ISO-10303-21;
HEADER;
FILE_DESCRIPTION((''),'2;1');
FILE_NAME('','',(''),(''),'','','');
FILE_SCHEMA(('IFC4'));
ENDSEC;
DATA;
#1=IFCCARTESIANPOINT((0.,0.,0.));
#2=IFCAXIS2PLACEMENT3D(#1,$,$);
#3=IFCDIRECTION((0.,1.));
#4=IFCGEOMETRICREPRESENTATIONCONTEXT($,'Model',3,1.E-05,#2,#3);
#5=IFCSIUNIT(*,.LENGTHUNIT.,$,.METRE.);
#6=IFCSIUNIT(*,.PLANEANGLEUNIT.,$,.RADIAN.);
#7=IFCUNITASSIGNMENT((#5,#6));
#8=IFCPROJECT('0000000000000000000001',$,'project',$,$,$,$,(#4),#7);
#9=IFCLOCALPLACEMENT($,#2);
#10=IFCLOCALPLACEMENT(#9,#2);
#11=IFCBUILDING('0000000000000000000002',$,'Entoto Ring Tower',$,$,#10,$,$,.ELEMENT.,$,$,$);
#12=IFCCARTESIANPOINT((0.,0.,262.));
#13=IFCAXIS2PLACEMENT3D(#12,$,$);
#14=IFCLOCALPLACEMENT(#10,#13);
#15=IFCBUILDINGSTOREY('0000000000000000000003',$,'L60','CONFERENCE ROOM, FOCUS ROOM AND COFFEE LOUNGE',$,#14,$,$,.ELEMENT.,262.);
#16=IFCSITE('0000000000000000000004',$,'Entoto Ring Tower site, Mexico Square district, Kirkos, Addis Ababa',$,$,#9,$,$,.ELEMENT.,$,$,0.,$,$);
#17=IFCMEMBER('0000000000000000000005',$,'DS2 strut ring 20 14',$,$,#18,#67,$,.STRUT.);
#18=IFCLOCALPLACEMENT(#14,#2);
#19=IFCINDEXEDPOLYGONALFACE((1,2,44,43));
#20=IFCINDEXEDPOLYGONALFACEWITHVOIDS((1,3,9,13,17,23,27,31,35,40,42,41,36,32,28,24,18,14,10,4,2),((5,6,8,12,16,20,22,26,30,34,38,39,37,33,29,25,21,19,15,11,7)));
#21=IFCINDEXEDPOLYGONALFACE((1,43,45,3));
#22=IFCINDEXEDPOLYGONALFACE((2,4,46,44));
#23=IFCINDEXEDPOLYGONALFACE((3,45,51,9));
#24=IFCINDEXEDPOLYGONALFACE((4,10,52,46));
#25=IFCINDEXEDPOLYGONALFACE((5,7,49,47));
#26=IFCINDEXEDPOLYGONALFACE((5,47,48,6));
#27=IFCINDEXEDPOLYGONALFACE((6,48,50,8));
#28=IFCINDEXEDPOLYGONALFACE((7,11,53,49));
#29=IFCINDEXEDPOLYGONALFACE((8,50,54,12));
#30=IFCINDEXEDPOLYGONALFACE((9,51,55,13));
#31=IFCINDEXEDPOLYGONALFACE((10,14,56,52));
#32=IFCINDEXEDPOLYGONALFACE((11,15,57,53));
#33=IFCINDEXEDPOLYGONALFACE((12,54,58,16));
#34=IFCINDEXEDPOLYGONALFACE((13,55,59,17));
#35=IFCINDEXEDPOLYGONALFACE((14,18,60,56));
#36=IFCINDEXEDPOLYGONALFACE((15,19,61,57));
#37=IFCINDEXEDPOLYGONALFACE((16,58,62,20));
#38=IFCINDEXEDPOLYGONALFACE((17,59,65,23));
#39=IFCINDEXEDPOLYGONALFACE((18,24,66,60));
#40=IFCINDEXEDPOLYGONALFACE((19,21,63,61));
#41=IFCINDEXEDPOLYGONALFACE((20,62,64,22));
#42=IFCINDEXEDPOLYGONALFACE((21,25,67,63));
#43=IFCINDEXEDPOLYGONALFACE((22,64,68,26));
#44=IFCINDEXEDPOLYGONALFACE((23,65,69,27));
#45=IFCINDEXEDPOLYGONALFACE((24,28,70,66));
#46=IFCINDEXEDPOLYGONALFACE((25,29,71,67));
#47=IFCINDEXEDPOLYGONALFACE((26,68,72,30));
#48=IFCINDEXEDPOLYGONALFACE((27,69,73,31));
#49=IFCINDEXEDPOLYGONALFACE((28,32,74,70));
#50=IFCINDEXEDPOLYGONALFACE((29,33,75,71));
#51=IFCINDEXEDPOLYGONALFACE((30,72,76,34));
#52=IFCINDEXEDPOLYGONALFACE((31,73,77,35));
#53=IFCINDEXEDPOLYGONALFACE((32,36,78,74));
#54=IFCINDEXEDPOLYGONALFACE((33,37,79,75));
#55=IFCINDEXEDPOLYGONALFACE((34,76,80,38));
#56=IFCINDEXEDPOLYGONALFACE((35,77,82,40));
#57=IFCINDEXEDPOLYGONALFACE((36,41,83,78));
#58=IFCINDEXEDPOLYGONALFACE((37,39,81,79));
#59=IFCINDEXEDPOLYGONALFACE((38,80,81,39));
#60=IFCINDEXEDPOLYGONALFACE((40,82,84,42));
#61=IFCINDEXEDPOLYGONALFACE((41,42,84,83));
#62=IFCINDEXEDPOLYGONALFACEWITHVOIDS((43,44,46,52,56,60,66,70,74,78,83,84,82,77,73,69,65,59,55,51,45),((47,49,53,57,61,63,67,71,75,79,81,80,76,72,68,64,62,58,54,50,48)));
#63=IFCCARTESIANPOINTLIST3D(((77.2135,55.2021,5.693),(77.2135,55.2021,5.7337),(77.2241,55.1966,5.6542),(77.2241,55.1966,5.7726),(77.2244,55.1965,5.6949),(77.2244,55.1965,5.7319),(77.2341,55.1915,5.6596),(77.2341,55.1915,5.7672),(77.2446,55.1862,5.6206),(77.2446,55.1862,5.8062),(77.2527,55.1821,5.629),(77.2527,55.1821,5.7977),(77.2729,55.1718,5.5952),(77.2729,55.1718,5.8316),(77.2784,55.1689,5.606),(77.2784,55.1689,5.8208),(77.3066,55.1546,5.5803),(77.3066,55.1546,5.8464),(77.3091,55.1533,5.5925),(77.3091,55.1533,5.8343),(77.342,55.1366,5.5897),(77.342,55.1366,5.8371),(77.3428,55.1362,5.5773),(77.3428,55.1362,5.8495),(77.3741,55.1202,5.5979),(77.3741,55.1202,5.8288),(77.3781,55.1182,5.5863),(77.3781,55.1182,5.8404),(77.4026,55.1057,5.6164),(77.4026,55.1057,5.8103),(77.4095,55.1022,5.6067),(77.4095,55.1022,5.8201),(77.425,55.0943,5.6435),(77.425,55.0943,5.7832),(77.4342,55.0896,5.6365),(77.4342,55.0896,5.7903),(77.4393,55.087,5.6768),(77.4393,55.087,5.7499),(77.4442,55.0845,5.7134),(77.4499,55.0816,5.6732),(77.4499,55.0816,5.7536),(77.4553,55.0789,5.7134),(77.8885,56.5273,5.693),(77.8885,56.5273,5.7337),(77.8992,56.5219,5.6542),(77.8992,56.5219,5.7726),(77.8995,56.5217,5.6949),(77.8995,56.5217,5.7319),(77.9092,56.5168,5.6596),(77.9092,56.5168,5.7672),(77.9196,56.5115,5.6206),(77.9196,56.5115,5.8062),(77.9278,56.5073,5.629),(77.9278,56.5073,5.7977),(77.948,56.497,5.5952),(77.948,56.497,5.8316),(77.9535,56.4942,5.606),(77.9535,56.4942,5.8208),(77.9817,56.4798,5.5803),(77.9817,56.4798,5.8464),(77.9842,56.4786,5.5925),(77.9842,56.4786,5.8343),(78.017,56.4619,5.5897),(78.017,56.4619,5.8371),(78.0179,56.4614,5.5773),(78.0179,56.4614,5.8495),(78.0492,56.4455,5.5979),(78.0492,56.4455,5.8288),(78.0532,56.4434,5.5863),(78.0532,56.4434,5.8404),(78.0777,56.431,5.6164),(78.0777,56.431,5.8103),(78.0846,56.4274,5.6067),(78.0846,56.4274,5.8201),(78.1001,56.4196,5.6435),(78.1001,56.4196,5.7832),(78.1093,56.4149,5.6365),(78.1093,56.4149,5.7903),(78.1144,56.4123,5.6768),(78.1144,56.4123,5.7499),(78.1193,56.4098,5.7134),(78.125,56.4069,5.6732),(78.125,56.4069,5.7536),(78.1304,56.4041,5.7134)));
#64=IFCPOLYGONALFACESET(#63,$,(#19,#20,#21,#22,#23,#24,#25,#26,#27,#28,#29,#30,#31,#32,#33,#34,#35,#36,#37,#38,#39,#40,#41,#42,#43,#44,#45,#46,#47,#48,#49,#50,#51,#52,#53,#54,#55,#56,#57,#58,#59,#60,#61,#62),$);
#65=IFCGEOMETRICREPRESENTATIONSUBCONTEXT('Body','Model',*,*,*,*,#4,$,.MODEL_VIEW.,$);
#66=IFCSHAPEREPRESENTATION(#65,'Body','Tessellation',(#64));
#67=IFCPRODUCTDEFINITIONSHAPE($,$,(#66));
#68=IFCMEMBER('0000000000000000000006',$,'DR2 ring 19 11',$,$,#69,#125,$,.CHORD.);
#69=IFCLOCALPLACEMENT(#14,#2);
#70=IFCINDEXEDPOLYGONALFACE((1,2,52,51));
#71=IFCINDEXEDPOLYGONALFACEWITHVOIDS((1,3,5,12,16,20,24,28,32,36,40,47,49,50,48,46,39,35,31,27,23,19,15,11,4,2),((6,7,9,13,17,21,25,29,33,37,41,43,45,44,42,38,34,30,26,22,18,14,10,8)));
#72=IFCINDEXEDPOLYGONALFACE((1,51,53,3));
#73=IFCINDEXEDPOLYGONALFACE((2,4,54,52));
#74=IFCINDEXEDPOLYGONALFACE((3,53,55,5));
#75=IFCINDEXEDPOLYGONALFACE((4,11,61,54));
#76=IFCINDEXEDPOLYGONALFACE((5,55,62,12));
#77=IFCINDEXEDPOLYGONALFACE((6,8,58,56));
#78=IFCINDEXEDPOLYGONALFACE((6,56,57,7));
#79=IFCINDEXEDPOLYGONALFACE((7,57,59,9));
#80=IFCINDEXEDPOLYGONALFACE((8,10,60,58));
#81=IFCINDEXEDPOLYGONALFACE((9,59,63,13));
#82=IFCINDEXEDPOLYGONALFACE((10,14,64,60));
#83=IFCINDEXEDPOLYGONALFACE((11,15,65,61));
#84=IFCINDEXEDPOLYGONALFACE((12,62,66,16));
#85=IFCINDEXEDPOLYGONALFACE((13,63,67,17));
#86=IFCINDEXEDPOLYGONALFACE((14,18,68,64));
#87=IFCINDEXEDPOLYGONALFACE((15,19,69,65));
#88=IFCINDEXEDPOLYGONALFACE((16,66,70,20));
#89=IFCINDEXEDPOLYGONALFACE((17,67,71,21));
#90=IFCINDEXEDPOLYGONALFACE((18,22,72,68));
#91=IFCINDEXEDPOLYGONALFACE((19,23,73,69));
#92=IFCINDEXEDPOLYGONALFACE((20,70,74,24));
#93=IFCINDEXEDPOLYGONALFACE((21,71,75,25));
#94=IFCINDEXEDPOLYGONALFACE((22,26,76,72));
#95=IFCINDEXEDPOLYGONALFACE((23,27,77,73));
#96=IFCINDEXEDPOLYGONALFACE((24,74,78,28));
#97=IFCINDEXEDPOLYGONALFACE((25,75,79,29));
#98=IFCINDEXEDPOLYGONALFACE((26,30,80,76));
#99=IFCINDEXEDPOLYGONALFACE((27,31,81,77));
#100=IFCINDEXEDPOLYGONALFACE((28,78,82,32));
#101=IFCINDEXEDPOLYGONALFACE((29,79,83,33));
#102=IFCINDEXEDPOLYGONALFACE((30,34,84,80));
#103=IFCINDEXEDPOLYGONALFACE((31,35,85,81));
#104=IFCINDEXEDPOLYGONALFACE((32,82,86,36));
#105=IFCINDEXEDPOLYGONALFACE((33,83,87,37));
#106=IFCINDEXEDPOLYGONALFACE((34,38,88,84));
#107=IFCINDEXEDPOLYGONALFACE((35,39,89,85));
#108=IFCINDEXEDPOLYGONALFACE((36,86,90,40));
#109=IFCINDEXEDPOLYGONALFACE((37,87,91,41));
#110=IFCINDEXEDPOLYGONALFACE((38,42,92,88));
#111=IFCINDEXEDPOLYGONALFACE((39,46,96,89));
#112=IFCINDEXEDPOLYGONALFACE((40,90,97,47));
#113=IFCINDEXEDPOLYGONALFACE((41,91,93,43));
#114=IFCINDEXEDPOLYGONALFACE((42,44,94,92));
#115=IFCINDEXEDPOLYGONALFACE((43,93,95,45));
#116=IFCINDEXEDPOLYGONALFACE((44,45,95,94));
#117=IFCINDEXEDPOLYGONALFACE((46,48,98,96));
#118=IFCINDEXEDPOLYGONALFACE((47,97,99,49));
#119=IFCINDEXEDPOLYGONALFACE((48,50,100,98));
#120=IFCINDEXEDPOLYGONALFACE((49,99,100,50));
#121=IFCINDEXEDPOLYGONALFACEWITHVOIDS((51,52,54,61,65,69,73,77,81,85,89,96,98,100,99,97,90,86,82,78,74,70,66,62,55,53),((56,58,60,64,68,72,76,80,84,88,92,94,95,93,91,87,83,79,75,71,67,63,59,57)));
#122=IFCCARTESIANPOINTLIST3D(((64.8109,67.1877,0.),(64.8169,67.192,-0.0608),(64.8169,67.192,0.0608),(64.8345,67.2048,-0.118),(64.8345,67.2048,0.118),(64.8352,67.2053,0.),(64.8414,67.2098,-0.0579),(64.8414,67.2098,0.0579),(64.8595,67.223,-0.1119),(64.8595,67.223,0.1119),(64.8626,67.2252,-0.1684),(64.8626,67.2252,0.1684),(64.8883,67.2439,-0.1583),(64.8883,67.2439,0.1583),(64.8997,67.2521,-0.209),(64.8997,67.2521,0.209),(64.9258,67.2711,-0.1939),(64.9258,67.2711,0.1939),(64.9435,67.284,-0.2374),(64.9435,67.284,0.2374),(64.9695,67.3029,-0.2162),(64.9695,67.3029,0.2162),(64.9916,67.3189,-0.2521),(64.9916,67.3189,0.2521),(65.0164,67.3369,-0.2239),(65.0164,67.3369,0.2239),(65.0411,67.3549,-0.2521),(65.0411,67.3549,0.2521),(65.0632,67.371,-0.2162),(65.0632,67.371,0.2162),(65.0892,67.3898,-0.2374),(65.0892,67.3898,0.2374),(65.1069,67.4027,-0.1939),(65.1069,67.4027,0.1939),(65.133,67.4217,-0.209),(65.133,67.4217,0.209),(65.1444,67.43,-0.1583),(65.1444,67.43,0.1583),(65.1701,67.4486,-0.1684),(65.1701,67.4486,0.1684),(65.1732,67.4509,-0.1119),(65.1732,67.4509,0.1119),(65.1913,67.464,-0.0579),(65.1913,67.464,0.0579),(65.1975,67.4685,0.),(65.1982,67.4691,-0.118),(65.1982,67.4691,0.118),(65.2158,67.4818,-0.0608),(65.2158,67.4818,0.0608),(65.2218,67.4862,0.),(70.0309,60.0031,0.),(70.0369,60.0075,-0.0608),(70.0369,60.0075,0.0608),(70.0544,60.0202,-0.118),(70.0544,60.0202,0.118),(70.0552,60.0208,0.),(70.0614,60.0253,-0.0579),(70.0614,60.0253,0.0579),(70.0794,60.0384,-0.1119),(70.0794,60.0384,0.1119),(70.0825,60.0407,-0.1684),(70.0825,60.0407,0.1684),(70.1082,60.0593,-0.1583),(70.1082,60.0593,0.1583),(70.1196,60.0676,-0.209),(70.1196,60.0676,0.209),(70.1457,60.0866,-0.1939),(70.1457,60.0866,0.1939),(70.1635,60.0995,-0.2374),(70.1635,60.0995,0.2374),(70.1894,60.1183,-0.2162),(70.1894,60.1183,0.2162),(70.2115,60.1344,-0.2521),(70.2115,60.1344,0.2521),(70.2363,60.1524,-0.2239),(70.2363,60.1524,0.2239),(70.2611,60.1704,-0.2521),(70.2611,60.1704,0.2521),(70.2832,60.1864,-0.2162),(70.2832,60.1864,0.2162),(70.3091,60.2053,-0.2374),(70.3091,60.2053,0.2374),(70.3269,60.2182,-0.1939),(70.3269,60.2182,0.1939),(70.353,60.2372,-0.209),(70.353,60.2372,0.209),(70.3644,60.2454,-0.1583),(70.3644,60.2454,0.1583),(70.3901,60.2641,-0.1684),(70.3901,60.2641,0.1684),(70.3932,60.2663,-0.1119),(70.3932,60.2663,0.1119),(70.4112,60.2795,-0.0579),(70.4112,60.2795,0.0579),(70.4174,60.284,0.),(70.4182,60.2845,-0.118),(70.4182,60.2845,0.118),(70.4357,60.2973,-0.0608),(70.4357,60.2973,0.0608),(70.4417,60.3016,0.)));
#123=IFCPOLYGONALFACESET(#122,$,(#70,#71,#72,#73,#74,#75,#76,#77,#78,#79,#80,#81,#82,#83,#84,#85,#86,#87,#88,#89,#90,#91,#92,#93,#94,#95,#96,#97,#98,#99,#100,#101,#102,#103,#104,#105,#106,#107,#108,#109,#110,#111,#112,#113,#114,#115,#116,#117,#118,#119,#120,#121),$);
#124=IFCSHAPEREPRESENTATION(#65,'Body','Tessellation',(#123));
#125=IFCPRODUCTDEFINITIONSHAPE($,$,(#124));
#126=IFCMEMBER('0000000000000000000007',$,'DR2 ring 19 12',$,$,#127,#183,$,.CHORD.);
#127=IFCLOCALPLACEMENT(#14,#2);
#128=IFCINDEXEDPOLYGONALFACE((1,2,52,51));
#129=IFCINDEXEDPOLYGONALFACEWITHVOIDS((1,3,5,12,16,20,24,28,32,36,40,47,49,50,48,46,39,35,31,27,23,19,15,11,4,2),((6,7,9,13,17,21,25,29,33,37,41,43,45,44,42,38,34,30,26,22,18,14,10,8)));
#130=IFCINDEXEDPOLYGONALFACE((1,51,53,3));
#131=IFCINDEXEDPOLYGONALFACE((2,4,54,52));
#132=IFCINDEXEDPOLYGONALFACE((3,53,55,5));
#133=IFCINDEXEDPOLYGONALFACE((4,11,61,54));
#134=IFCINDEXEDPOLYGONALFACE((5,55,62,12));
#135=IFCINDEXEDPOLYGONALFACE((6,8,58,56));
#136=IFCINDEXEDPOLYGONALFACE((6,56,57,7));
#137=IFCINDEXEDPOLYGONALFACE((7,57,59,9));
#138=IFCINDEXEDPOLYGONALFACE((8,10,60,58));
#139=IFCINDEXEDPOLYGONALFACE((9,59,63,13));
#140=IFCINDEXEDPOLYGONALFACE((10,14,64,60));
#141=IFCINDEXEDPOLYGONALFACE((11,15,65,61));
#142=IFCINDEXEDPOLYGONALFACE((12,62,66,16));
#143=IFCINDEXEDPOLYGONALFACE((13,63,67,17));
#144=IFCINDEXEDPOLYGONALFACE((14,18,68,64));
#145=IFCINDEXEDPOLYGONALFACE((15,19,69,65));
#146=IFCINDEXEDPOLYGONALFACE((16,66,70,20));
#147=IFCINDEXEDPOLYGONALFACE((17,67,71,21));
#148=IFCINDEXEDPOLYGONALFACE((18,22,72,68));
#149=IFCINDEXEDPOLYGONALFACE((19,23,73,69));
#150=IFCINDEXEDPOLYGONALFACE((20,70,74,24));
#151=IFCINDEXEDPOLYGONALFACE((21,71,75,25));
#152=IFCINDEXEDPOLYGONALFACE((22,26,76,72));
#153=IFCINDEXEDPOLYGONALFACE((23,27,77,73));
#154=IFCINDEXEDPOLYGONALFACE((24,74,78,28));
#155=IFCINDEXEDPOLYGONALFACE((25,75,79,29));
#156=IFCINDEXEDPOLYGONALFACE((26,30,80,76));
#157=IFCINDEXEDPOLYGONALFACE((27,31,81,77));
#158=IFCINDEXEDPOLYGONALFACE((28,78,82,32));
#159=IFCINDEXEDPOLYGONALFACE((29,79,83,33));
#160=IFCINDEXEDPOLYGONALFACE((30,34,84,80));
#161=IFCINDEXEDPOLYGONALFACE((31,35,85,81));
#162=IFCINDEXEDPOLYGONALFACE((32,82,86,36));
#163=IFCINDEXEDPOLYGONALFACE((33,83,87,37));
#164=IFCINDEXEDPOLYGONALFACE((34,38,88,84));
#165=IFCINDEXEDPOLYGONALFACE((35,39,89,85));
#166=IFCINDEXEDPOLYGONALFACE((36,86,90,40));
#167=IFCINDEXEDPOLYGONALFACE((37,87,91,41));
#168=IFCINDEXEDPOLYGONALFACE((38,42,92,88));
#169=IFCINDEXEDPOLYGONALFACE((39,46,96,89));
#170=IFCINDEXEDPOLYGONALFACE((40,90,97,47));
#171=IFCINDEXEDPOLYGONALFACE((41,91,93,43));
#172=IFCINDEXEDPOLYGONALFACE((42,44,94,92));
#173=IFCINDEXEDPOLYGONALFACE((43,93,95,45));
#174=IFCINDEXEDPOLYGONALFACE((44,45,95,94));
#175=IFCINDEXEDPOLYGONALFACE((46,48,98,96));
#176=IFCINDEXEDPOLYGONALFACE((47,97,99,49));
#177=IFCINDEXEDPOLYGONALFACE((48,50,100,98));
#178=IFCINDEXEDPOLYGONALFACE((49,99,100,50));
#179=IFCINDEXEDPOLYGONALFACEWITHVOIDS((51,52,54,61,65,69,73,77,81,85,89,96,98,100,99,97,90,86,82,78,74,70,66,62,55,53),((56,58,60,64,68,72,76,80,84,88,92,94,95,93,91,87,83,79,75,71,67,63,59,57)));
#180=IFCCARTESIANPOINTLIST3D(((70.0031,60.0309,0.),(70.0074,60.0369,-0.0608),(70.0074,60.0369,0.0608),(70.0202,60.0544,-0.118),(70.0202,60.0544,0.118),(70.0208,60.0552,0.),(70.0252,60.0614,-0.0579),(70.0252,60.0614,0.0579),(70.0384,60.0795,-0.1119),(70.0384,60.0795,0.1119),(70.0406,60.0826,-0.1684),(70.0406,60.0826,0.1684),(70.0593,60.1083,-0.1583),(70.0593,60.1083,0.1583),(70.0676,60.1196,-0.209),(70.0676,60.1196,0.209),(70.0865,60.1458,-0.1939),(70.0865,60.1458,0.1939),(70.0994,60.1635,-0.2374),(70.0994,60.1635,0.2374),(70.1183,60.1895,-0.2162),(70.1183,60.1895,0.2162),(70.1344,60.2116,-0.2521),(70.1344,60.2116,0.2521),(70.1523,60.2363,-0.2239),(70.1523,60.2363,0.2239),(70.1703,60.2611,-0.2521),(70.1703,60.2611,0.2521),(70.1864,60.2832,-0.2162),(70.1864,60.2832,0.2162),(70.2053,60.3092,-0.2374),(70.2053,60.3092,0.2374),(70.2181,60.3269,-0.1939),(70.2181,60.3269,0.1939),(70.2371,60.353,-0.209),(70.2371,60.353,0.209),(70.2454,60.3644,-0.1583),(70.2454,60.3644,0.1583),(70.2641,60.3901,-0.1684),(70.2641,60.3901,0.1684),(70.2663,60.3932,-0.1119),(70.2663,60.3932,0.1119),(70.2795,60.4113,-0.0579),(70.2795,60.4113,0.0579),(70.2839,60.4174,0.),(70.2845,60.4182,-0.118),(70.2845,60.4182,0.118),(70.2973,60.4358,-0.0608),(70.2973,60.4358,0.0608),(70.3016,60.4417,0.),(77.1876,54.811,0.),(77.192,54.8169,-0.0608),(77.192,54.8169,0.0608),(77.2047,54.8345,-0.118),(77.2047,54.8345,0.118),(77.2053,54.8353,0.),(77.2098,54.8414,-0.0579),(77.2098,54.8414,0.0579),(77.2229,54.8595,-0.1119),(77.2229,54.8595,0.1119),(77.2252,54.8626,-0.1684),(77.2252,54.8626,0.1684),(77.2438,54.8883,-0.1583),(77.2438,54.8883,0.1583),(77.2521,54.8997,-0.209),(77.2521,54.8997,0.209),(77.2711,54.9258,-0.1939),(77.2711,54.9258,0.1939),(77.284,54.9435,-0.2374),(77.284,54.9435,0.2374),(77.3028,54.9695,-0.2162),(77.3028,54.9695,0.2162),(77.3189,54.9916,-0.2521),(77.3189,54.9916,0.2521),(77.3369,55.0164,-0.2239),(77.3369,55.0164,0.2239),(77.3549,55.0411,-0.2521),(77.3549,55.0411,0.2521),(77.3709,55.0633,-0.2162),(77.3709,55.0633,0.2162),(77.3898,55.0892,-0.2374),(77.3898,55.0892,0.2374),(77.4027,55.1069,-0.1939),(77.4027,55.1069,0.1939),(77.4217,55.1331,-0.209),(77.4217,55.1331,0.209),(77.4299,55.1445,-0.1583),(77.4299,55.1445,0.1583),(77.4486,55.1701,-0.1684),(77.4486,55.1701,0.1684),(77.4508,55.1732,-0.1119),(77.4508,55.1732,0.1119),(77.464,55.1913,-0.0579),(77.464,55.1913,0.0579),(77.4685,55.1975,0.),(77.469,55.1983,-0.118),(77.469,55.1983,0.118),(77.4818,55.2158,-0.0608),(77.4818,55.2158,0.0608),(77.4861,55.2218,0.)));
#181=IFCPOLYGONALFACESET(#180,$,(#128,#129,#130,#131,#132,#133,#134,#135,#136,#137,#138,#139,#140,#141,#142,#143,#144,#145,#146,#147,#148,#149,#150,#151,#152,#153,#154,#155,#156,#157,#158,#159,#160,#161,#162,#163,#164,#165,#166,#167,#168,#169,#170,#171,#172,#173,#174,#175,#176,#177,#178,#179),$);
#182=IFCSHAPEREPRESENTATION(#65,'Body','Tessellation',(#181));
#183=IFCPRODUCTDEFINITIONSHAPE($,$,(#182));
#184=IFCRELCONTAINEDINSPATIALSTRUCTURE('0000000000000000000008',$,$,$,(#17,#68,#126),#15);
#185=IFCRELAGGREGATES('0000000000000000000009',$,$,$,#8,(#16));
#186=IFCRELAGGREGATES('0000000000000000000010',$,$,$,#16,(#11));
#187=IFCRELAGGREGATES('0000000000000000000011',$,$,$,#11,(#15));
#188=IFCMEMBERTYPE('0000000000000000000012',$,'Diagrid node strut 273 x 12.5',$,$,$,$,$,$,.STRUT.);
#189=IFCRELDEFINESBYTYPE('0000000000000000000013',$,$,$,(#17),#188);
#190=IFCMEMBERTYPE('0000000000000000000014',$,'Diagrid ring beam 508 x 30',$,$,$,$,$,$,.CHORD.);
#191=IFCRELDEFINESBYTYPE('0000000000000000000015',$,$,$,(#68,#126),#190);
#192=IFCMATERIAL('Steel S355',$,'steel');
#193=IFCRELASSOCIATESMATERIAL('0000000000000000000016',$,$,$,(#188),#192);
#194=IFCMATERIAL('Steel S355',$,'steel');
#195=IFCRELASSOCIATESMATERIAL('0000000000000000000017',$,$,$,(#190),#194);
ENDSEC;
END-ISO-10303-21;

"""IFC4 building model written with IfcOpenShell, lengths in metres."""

from ifc_helpers import new_model, si_unit, direction, frame, origin, origin_2d, place, context, subcontext, project, spatial, circle, hollow_circle, extrude, material, material_profile, profile_set, type_object, element, save


model = new_model("IFC4")

# Units and contexts
model_context = context("Model", 3, precision=1e-05, world=origin(), true_north=direction((0.0, 1.0)))
body_context = subcontext(model_context, "Body", "Model", "MODEL_VIEW")
ifc_project = project(units=[si_unit("LENGTHUNIT", "METRE"), si_unit("PLANEANGLEUNIT", "RADIAN")], contexts=[model_context])

# Site, building, storey
site_placement = place(None, origin())
site = spatial("IfcSite", under=ifc_project, at=site_placement, Name="Entoto Ring Tower site, Mexico Square district, Kirkos, Addis Ababa", CompositionType="ELEMENT", RefElevation=0.0)
building_placement = place(site_placement, origin())
building = spatial("IfcBuilding", under=site, at=building_placement, Name="Entoto Ring Tower", CompositionType="ELEMENT")
storey_placement = place(building_placement, frame((0.0, 0.0, 262.0)))
storey = spatial("IfcBuildingStorey", under=building, at=storey_placement, Name="L60", Description="CONFERENCE ROOM, FOCUS ROOM AND COFFEE LOUNGE", CompositionType="ELEMENT", Elevation=262.0)

# Members
ifc_material_1 = material(Name="Steel S355", Category="steel")
ifc_material_profile_1 = material_profile(ifc_material_1, hollow_circle(Radius=0.1365, WallThickness=0.0125, at=origin_2d()), Name="CHS 273 x 12.5")
ifc_material_2 = material(Name="Concrete C60/75", Category="concrete")
ifc_material_profile_2 = material_profile(ifc_material_2, circle(Radius=0.124, at=origin_2d()), Name="Concrete C60/75 infill")
ifc_profile_set_1 = profile_set([ifc_material_profile_1, ifc_material_profile_2], Name="Steel S355")
member_type_1 = type_object("IfcMemberType", Name="Diagrid node strut 273 x 12.5", PredefinedType="STRUT", material=ifc_profile_set_1)
for number, where, z_axis, x_axis, name in (
    (1, (78.0088, 56.4661, 5.7134), (-0.453899, -0.891053, 0.0), (0.891053, -0.453899, 0.0), "DS2 strut ring 20 14"),
):
    element("IfcMember", number, at=place(storey_placement, frame(where, z_axis=z_axis, x_axis=x_axis)), inside=storey, type_object=member_type_1, Name=name, PredefinedType="STRUT", context=body_context, shape_type="SweptSolid", body=[
        extrude(hollow_circle(Radius=0.1365, WallThickness=0.0125, at=origin_2d()), origin(), (0.0, 0.0, 1.0), 1.4873),
    ])
ifc_material_3 = material(Name="Steel S355", Category="steel")
ifc_material_profile_3 = material_profile(ifc_material_3, hollow_circle(Radius=0.2539, WallThickness=0.03, at=origin_2d()), Name="CHS 508 x 30")
ifc_material_4 = material(Name="Concrete C60/75", Category="concrete")
ifc_material_profile_4 = material_profile(ifc_material_4, circle(Radius=0.2241, at=origin_2d()), Name="Concrete C60/75 infill")
ifc_profile_set_2 = profile_set([ifc_material_profile_3, ifc_material_profile_4], Name="Steel S355")
member_type_2 = type_object("IfcMemberType", Name="Diagrid ring beam 508 x 30", PredefinedType="CHORD", material=ifc_profile_set_2)
for number, where, z_axis, x_axis, name in (
    (2, (65.0164, 67.3369, 0.0), (0.587791, -0.809013, 0.0), (0.809013, 0.587791, 0.0), "DR2 ring 19 11"),
    (3, (70.1523, 60.2363, 0.0), (0.809013, -0.587791, 0.0), (0.587791, 0.809013, 0.0), "DR2 ring 19 12"),
):
    element("IfcMember", number, at=place(storey_placement, frame(where, z_axis=z_axis, x_axis=x_axis)), inside=storey, type_object=member_type_2, Name=name, PredefinedType="CHORD", context=body_context, shape_type="SweptSolid", body=[
        extrude(hollow_circle(Radius=0.2539, WallThickness=0.03, at=origin_2d()), origin(), (0.0, 0.0, 1.0), 8.8806),
    ])

save(model, "model.ifc")
